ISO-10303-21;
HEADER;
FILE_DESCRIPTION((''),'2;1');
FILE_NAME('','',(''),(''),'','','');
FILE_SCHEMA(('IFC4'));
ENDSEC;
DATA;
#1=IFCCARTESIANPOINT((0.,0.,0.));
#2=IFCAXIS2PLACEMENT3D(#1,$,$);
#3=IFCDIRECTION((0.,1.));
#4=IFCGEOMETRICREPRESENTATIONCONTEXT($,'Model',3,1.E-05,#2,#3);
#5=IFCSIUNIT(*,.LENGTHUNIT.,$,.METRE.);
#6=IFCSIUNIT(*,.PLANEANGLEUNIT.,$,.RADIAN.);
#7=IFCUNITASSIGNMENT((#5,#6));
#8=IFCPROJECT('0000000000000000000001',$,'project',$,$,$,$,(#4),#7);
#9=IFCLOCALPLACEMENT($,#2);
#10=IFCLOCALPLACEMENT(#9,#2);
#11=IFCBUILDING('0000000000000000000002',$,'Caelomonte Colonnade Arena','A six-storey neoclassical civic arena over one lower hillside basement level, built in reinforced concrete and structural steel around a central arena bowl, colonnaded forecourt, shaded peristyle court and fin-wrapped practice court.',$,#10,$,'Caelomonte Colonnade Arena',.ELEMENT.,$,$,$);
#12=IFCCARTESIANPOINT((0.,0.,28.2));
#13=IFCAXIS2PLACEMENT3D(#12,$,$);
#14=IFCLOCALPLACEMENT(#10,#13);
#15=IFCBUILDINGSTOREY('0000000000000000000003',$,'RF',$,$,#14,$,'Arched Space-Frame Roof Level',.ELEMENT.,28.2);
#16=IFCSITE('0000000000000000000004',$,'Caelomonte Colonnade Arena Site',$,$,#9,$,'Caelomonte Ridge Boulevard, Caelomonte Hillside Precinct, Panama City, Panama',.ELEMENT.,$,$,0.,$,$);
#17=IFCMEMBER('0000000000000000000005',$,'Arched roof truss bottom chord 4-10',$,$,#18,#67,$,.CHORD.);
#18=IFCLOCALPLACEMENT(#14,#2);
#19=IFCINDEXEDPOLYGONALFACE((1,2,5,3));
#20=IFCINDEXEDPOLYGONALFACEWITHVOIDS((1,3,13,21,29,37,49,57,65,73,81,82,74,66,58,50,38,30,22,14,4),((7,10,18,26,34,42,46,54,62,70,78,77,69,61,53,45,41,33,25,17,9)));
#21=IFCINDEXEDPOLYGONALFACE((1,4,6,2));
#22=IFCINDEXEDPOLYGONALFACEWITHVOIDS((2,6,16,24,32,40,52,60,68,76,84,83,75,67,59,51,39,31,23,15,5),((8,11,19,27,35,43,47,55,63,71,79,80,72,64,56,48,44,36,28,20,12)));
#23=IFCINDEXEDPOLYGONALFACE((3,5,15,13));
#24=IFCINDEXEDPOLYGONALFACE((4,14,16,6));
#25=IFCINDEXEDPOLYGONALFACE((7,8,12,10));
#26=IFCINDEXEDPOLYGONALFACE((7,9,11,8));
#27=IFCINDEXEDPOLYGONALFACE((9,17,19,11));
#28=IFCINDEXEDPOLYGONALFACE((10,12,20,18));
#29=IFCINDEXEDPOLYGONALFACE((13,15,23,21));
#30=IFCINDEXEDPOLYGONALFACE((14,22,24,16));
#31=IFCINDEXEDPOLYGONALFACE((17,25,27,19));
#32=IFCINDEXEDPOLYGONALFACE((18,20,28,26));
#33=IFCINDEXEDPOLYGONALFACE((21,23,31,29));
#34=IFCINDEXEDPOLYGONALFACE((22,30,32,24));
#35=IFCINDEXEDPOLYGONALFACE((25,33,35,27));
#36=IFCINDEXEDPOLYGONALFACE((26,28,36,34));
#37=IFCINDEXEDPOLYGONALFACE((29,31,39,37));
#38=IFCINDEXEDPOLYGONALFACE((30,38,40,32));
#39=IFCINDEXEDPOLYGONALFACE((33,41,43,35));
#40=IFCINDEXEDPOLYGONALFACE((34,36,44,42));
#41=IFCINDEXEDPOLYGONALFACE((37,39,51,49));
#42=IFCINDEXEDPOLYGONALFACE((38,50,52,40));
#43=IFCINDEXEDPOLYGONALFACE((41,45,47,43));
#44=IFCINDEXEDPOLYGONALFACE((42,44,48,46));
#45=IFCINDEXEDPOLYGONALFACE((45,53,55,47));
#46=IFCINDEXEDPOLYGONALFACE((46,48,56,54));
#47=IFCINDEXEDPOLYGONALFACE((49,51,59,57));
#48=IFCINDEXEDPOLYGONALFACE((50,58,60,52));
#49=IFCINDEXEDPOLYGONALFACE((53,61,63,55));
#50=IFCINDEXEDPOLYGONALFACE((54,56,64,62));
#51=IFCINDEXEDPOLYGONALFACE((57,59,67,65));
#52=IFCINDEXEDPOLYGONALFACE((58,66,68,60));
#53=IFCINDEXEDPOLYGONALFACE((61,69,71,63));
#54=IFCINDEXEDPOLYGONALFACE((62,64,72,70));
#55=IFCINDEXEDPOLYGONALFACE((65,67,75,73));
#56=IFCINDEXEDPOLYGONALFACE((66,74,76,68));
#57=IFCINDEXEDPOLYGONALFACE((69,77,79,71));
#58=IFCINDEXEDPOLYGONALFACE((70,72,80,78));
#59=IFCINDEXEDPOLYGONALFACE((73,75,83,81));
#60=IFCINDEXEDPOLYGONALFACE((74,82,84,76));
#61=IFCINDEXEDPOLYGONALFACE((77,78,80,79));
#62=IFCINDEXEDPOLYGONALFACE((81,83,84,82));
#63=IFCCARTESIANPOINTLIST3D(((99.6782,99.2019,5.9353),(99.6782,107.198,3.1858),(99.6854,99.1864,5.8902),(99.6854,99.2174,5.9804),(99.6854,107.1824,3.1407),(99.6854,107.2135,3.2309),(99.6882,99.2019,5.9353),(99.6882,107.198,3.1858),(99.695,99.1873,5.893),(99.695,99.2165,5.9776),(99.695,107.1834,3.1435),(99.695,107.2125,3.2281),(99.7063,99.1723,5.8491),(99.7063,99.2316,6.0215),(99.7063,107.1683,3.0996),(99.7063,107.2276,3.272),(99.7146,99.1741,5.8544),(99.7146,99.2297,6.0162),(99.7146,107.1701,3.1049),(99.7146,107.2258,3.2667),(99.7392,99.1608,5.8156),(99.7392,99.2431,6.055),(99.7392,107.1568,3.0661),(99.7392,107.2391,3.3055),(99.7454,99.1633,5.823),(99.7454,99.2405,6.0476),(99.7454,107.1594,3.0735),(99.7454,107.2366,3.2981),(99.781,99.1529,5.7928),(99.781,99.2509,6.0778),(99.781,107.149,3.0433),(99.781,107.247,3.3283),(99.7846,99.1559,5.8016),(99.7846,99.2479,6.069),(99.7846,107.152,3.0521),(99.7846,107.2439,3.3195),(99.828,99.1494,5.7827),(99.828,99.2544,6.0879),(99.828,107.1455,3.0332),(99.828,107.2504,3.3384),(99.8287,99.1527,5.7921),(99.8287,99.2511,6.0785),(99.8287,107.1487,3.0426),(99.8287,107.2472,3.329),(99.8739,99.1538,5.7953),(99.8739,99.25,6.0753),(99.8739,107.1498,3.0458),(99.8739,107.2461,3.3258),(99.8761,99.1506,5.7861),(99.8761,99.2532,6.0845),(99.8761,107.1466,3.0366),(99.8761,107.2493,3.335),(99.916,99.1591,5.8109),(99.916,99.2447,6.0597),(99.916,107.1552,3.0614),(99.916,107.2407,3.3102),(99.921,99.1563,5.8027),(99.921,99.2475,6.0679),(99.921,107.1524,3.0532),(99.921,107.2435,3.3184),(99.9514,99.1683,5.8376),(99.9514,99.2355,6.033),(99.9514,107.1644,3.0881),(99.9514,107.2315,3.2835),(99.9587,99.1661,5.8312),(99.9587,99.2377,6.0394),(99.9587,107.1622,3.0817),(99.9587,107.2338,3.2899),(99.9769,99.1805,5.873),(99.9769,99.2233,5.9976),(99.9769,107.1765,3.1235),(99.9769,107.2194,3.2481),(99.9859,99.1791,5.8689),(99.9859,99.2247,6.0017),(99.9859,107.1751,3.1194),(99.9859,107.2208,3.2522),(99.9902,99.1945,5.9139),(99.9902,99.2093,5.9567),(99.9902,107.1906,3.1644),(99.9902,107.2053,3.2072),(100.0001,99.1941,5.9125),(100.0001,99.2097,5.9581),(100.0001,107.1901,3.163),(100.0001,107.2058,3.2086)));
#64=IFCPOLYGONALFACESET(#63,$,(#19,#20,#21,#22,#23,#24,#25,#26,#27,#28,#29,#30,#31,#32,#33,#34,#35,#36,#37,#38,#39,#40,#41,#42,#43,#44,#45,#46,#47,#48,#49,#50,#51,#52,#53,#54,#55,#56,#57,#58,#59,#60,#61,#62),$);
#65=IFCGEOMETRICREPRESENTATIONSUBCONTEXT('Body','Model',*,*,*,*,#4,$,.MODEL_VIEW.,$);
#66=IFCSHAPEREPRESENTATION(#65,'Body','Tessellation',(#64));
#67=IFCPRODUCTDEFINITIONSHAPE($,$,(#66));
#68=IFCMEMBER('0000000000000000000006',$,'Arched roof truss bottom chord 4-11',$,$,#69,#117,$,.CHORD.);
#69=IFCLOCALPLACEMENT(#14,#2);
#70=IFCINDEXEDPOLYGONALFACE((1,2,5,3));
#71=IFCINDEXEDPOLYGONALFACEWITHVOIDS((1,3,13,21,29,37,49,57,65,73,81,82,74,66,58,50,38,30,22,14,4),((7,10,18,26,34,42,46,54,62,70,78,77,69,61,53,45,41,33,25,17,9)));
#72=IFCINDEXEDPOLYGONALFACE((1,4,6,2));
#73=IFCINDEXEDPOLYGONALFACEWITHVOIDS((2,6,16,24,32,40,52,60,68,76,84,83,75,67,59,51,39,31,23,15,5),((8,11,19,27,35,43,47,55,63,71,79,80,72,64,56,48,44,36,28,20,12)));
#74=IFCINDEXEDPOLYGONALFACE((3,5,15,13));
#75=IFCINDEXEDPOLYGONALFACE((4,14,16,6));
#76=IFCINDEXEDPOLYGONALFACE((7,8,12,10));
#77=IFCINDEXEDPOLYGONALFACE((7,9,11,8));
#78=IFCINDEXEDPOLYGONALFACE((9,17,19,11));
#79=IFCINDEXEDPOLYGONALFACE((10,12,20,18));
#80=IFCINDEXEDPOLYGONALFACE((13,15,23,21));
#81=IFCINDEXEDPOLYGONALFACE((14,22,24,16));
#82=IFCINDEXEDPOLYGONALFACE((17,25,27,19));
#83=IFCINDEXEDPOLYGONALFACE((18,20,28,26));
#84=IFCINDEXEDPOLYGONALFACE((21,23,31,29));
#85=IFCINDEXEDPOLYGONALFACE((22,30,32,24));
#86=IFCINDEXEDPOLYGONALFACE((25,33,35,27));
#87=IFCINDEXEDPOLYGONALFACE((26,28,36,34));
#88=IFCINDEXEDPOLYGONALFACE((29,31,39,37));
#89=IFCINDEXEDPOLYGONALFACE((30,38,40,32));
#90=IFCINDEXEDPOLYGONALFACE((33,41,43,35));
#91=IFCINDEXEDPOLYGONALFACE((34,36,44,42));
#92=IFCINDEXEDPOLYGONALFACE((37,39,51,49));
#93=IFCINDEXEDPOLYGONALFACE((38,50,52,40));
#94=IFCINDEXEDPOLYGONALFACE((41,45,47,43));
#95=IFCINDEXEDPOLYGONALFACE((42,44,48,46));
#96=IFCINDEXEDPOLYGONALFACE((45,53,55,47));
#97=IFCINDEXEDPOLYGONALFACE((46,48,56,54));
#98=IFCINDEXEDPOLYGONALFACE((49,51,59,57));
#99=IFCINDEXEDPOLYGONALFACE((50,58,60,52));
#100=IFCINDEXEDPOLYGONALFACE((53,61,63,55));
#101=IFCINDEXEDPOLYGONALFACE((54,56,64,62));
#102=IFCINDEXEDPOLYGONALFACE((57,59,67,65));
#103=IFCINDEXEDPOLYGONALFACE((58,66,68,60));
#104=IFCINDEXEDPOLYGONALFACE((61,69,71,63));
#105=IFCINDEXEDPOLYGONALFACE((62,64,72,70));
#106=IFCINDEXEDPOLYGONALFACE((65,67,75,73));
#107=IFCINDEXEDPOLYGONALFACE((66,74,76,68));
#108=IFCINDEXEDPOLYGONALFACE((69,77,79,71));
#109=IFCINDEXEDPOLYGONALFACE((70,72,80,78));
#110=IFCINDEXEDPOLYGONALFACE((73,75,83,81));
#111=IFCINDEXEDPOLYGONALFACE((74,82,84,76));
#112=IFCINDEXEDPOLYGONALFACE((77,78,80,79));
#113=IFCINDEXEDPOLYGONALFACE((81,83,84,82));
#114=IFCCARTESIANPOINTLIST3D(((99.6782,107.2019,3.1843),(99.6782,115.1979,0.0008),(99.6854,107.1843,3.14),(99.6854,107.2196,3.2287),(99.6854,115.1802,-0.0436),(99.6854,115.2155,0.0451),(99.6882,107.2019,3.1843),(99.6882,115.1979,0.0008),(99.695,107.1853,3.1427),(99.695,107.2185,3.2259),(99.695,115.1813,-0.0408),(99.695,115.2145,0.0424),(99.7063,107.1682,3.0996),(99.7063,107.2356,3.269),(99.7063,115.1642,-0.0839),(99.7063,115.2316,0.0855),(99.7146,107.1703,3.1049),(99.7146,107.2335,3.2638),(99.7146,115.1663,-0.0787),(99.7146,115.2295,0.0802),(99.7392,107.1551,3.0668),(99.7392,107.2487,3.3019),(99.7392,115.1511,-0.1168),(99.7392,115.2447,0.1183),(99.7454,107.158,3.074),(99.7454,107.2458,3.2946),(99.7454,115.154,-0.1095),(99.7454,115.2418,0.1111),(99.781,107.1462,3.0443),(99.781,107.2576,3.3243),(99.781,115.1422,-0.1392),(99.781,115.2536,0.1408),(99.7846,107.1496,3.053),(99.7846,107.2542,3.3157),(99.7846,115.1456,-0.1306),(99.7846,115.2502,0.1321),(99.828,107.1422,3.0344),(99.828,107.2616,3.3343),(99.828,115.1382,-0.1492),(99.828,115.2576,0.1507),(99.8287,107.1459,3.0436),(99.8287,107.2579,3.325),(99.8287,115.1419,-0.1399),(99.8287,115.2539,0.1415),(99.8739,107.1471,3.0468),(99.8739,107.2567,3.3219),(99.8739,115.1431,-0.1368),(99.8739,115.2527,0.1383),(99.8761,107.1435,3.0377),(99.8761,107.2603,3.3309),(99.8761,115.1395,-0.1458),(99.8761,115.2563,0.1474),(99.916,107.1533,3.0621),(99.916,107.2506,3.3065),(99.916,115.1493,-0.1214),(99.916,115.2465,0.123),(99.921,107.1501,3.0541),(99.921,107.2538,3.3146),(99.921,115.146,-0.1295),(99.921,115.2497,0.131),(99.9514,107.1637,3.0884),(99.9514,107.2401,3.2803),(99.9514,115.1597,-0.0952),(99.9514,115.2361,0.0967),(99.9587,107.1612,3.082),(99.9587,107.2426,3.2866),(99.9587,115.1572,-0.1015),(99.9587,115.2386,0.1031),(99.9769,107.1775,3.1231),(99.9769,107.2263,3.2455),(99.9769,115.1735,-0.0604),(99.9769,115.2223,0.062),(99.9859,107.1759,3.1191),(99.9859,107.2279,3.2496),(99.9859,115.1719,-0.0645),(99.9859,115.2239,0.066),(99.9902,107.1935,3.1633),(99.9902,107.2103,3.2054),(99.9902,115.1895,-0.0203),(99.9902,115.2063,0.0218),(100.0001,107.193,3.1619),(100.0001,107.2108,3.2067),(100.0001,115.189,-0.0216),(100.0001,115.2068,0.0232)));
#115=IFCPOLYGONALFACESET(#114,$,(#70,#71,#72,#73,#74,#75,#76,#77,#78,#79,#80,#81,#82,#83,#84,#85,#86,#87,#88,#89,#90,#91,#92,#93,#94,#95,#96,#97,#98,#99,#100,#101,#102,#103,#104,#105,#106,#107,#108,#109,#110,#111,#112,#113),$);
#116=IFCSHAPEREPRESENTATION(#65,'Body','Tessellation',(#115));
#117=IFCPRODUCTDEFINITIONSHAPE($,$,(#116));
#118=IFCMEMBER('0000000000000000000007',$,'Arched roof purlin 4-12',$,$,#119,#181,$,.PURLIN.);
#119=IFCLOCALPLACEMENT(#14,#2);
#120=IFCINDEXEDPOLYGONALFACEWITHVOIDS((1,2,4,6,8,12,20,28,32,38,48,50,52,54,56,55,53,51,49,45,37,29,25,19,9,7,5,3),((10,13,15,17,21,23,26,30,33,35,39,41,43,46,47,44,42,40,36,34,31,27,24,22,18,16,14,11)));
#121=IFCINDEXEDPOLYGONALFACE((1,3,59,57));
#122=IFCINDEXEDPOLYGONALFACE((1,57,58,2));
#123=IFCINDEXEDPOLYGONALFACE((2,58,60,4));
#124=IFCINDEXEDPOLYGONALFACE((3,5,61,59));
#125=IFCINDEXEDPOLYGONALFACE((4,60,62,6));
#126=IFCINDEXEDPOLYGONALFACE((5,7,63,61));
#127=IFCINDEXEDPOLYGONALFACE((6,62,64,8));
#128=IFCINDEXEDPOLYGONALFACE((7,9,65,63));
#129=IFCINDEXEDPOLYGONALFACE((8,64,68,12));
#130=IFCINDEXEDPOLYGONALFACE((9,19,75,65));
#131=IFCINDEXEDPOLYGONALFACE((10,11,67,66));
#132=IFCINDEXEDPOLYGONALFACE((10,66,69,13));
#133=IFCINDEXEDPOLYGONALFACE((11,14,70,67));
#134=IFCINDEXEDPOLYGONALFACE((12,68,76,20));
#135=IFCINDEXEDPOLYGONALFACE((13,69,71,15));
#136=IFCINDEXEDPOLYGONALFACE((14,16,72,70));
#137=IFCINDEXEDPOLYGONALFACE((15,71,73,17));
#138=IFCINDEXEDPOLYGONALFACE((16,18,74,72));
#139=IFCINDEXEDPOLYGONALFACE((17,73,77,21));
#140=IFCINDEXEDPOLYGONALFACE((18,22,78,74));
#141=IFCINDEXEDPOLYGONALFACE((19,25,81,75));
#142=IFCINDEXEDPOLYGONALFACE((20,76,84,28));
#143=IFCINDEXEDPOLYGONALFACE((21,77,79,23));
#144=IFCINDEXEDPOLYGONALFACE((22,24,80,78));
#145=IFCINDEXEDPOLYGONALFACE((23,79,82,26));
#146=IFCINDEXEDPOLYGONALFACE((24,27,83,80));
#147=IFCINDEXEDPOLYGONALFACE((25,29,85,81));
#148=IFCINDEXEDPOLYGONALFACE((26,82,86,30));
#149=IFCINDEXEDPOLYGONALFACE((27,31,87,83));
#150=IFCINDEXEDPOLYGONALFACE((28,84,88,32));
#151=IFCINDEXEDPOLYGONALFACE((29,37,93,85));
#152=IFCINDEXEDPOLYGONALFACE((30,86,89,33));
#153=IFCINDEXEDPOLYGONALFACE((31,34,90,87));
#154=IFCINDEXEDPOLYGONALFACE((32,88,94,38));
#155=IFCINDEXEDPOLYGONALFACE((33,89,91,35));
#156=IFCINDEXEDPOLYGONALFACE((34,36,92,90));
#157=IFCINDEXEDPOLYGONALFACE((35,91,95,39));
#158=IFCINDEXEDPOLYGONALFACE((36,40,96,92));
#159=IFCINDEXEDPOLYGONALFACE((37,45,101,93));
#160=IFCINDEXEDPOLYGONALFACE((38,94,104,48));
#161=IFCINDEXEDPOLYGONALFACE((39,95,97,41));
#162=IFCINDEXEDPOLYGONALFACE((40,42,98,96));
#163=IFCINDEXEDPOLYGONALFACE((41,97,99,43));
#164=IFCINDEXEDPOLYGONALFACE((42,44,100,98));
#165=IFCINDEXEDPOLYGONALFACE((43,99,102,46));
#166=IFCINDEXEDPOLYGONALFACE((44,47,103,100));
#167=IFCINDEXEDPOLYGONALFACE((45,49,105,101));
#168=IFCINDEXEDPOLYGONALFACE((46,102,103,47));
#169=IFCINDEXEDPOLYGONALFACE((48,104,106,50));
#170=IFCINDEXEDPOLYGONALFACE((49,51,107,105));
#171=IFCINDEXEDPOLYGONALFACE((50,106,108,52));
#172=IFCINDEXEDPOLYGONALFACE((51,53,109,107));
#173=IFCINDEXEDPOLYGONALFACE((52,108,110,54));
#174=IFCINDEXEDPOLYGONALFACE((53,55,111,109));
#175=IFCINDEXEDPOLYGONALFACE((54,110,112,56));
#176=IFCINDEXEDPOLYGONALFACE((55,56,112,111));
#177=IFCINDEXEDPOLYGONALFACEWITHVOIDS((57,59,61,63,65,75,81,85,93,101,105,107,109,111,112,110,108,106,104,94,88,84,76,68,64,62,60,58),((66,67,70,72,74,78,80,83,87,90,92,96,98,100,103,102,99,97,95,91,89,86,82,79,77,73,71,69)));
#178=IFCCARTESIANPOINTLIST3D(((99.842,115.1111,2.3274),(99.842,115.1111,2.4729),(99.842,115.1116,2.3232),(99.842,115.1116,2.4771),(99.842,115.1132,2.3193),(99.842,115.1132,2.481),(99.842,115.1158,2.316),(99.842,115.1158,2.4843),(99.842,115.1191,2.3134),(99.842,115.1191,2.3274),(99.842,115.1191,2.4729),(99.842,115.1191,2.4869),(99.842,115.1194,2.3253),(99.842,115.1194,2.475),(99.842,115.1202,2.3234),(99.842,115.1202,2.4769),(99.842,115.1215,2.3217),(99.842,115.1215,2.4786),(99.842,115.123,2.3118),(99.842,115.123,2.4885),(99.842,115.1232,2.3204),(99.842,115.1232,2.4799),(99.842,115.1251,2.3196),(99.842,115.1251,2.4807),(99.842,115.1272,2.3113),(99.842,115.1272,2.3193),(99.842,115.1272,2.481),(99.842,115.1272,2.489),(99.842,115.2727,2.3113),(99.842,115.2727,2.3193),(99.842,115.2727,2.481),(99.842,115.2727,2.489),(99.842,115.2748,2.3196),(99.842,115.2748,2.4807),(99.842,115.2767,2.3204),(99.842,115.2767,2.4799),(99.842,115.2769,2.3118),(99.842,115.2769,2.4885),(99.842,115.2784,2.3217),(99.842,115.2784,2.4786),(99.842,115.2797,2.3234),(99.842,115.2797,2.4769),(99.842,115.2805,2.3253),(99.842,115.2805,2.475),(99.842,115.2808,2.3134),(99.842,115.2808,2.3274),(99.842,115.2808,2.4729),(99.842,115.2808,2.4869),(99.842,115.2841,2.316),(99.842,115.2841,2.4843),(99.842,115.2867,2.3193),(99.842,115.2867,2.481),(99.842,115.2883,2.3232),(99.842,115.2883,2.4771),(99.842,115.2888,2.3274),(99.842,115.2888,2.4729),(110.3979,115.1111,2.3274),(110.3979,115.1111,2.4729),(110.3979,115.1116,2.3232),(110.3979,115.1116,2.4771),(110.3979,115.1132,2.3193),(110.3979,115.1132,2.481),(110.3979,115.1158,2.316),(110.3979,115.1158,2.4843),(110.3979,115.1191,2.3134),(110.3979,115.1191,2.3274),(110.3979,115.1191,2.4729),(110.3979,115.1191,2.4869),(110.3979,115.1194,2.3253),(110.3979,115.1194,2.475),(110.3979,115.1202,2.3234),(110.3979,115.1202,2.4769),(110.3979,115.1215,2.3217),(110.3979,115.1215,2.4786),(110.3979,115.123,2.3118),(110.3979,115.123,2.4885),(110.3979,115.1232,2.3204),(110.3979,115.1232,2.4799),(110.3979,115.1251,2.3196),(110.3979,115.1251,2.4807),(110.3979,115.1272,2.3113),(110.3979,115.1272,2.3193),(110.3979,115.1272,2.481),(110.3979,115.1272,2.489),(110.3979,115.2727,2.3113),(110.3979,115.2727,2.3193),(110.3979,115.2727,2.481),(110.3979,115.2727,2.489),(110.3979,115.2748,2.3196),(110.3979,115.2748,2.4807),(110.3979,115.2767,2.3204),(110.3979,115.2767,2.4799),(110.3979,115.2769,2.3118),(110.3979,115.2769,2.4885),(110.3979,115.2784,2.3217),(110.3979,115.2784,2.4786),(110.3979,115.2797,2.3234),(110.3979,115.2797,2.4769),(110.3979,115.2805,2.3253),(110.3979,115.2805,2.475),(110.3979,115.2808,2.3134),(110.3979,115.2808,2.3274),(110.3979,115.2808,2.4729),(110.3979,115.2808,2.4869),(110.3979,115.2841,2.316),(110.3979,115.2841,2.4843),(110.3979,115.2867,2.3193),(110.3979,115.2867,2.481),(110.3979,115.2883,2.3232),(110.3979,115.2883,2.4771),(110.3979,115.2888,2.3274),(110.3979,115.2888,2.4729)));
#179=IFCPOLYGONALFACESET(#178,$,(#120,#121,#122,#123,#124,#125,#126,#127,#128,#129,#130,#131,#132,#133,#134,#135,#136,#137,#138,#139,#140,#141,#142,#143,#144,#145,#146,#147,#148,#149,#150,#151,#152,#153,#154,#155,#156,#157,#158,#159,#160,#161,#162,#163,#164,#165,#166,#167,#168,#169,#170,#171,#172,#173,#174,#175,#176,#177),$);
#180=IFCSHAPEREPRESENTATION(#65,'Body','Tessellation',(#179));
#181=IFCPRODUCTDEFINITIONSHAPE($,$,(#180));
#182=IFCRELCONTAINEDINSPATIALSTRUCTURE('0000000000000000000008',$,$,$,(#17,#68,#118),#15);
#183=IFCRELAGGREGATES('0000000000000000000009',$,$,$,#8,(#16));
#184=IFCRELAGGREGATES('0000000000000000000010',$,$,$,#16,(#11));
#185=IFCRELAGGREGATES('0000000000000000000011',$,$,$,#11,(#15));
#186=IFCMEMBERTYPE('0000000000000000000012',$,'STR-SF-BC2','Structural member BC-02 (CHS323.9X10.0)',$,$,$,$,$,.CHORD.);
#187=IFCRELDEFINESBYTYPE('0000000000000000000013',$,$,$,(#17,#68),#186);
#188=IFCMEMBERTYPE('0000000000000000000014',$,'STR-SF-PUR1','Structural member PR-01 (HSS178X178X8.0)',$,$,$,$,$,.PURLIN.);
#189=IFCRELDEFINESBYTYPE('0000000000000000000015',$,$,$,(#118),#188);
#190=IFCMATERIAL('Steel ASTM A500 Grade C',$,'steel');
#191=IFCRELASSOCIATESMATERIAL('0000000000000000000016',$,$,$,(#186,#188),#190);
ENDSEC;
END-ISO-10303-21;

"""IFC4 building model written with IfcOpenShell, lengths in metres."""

from ifc_helpers import new_model, si_unit, direction, frame, origin, origin_2d, place, context, subcontext, project, spatial, hollow_rectangle, hollow_circle, extrude, material, material_profile, profile_set, type_object, element, save


model = new_model("IFC4")

# Units and contexts
model_context = context("Model", 3, precision=1e-05, world=origin(), true_north=direction((0.0, 1.0)))
body_context = subcontext(model_context, "Body", "Model", "MODEL_VIEW")
ifc_project = project(units=[si_unit("LENGTHUNIT", "METRE"), si_unit("PLANEANGLEUNIT", "RADIAN")], contexts=[model_context])

# Site, building, storey
site_placement = place(None, origin())
site = spatial("IfcSite", under=ifc_project, at=site_placement, Name="Caelomonte Colonnade Arena Site", LongName="Caelomonte Ridge Boulevard, Caelomonte Hillside Precinct, Panama City, Panama", CompositionType="ELEMENT", RefElevation=0.0)
building_placement = place(site_placement, origin())
building = spatial("IfcBuilding", under=site, at=building_placement, Name="Caelomonte Colonnade Arena", Description="A six-storey neoclassical civic arena over one lower hillside basement level, built in reinforced concrete and structural steel around a central arena bowl, colonnaded forecourt, shaded peristyle court and fin-wrapped practice court.", LongName="Caelomonte Colonnade Arena", CompositionType="ELEMENT")
storey_placement = place(building_placement, frame((0.0, 0.0, 28.2)))
storey = spatial("IfcBuildingStorey", under=building, at=storey_placement, Name="RF", LongName="Arched Space-Frame Roof Level", CompositionType="ELEMENT", Elevation=28.2)

# Members
ifc_material_1 = material(Name="Steel ASTM A500 Grade C", Category="steel")
ifc_material_profile_1 = material_profile(ifc_material_1, hollow_circle(Radius=0.1619, WallThickness=0.01, at=origin_2d()), Name="CHS323.9X10.0")
ifc_profile_set_1 = profile_set([ifc_material_profile_1], Name="Steel ASTM A500 Grade C")
member_type_1 = type_object("IfcMemberType", Name="STR-SF-BC2", Description="Structural member BC-02 (CHS323.9X10.0)", PredefinedType="CHORD", material=ifc_profile_set_1)
member_1_placement = place(storey_placement, frame((99.8401, 99.2019, 5.9353), z_axis=(0.0, 0.945656, -0.32517), x_axis=(-1.0, 0.0, 0.0)))
element("IfcMember", 1, at=member_1_placement, inside=storey, type_object=member_type_1, Name="Arched roof truss bottom chord 4-10", PredefinedType="CHORD", context=body_context, shape_type="SweptSolid", body=[
    extrude(hollow_circle(Radius=0.1619, WallThickness=0.01, at=origin_2d()), origin(), (0.0, 0.0, 1.0), 8.4556),
])
member_2_placement = place(storey_placement, frame((99.8401, 107.2019, 3.1843), z_axis=(0.0, 0.92907, -0.369903), x_axis=(-1.0, 0.0, 0.0)))
element("IfcMember", 2, at=member_2_placement, inside=storey, type_object=member_type_1, Name="Arched roof truss bottom chord 4-11", PredefinedType="CHORD", context=body_context, shape_type="SweptSolid", body=[
    extrude(hollow_circle(Radius=0.1619, WallThickness=0.01, at=origin_2d()), origin(), (0.0, 0.0, 1.0), 8.6064),
])
ifc_material_profile_2 = material_profile(ifc_material_1, hollow_rectangle(XDim=0.1777, YDim=0.1777, WallThickness=0.0081, InnerFilletRadius=0.0081, OuterFilletRadius=0.0161, at=origin_2d()), Name="HSS178X178X8.0")
ifc_profile_set_2 = profile_set([ifc_material_profile_2], Name="Steel ASTM A500 Grade C")
member_type_2 = type_object("IfcMemberType", Name="STR-SF-PUR1", Description="Structural member PR-01 (HSS178X178X8.0)", PredefinedType="PURLIN", material=ifc_profile_set_2)
member_3_placement = place(storey_placement, frame((99.842, 115.2, 2.4001), z_axis=(1.0, 0.0, 0.0), x_axis=(0.0, 1.0, 0.0)))
element("IfcMember", 3, at=member_3_placement, inside=storey, type_object=member_type_2, Name="Arched roof purlin 4-12", PredefinedType="PURLIN", context=body_context, shape_type="SweptSolid", body=[
    extrude(hollow_rectangle(XDim=0.1777, YDim=0.1777, WallThickness=0.0081, InnerFilletRadius=0.0081, OuterFilletRadius=0.0161, at=origin_2d()), origin(), (0.0, 0.0, 1.0), 10.5559),
])

save(model, "model.ifc")
